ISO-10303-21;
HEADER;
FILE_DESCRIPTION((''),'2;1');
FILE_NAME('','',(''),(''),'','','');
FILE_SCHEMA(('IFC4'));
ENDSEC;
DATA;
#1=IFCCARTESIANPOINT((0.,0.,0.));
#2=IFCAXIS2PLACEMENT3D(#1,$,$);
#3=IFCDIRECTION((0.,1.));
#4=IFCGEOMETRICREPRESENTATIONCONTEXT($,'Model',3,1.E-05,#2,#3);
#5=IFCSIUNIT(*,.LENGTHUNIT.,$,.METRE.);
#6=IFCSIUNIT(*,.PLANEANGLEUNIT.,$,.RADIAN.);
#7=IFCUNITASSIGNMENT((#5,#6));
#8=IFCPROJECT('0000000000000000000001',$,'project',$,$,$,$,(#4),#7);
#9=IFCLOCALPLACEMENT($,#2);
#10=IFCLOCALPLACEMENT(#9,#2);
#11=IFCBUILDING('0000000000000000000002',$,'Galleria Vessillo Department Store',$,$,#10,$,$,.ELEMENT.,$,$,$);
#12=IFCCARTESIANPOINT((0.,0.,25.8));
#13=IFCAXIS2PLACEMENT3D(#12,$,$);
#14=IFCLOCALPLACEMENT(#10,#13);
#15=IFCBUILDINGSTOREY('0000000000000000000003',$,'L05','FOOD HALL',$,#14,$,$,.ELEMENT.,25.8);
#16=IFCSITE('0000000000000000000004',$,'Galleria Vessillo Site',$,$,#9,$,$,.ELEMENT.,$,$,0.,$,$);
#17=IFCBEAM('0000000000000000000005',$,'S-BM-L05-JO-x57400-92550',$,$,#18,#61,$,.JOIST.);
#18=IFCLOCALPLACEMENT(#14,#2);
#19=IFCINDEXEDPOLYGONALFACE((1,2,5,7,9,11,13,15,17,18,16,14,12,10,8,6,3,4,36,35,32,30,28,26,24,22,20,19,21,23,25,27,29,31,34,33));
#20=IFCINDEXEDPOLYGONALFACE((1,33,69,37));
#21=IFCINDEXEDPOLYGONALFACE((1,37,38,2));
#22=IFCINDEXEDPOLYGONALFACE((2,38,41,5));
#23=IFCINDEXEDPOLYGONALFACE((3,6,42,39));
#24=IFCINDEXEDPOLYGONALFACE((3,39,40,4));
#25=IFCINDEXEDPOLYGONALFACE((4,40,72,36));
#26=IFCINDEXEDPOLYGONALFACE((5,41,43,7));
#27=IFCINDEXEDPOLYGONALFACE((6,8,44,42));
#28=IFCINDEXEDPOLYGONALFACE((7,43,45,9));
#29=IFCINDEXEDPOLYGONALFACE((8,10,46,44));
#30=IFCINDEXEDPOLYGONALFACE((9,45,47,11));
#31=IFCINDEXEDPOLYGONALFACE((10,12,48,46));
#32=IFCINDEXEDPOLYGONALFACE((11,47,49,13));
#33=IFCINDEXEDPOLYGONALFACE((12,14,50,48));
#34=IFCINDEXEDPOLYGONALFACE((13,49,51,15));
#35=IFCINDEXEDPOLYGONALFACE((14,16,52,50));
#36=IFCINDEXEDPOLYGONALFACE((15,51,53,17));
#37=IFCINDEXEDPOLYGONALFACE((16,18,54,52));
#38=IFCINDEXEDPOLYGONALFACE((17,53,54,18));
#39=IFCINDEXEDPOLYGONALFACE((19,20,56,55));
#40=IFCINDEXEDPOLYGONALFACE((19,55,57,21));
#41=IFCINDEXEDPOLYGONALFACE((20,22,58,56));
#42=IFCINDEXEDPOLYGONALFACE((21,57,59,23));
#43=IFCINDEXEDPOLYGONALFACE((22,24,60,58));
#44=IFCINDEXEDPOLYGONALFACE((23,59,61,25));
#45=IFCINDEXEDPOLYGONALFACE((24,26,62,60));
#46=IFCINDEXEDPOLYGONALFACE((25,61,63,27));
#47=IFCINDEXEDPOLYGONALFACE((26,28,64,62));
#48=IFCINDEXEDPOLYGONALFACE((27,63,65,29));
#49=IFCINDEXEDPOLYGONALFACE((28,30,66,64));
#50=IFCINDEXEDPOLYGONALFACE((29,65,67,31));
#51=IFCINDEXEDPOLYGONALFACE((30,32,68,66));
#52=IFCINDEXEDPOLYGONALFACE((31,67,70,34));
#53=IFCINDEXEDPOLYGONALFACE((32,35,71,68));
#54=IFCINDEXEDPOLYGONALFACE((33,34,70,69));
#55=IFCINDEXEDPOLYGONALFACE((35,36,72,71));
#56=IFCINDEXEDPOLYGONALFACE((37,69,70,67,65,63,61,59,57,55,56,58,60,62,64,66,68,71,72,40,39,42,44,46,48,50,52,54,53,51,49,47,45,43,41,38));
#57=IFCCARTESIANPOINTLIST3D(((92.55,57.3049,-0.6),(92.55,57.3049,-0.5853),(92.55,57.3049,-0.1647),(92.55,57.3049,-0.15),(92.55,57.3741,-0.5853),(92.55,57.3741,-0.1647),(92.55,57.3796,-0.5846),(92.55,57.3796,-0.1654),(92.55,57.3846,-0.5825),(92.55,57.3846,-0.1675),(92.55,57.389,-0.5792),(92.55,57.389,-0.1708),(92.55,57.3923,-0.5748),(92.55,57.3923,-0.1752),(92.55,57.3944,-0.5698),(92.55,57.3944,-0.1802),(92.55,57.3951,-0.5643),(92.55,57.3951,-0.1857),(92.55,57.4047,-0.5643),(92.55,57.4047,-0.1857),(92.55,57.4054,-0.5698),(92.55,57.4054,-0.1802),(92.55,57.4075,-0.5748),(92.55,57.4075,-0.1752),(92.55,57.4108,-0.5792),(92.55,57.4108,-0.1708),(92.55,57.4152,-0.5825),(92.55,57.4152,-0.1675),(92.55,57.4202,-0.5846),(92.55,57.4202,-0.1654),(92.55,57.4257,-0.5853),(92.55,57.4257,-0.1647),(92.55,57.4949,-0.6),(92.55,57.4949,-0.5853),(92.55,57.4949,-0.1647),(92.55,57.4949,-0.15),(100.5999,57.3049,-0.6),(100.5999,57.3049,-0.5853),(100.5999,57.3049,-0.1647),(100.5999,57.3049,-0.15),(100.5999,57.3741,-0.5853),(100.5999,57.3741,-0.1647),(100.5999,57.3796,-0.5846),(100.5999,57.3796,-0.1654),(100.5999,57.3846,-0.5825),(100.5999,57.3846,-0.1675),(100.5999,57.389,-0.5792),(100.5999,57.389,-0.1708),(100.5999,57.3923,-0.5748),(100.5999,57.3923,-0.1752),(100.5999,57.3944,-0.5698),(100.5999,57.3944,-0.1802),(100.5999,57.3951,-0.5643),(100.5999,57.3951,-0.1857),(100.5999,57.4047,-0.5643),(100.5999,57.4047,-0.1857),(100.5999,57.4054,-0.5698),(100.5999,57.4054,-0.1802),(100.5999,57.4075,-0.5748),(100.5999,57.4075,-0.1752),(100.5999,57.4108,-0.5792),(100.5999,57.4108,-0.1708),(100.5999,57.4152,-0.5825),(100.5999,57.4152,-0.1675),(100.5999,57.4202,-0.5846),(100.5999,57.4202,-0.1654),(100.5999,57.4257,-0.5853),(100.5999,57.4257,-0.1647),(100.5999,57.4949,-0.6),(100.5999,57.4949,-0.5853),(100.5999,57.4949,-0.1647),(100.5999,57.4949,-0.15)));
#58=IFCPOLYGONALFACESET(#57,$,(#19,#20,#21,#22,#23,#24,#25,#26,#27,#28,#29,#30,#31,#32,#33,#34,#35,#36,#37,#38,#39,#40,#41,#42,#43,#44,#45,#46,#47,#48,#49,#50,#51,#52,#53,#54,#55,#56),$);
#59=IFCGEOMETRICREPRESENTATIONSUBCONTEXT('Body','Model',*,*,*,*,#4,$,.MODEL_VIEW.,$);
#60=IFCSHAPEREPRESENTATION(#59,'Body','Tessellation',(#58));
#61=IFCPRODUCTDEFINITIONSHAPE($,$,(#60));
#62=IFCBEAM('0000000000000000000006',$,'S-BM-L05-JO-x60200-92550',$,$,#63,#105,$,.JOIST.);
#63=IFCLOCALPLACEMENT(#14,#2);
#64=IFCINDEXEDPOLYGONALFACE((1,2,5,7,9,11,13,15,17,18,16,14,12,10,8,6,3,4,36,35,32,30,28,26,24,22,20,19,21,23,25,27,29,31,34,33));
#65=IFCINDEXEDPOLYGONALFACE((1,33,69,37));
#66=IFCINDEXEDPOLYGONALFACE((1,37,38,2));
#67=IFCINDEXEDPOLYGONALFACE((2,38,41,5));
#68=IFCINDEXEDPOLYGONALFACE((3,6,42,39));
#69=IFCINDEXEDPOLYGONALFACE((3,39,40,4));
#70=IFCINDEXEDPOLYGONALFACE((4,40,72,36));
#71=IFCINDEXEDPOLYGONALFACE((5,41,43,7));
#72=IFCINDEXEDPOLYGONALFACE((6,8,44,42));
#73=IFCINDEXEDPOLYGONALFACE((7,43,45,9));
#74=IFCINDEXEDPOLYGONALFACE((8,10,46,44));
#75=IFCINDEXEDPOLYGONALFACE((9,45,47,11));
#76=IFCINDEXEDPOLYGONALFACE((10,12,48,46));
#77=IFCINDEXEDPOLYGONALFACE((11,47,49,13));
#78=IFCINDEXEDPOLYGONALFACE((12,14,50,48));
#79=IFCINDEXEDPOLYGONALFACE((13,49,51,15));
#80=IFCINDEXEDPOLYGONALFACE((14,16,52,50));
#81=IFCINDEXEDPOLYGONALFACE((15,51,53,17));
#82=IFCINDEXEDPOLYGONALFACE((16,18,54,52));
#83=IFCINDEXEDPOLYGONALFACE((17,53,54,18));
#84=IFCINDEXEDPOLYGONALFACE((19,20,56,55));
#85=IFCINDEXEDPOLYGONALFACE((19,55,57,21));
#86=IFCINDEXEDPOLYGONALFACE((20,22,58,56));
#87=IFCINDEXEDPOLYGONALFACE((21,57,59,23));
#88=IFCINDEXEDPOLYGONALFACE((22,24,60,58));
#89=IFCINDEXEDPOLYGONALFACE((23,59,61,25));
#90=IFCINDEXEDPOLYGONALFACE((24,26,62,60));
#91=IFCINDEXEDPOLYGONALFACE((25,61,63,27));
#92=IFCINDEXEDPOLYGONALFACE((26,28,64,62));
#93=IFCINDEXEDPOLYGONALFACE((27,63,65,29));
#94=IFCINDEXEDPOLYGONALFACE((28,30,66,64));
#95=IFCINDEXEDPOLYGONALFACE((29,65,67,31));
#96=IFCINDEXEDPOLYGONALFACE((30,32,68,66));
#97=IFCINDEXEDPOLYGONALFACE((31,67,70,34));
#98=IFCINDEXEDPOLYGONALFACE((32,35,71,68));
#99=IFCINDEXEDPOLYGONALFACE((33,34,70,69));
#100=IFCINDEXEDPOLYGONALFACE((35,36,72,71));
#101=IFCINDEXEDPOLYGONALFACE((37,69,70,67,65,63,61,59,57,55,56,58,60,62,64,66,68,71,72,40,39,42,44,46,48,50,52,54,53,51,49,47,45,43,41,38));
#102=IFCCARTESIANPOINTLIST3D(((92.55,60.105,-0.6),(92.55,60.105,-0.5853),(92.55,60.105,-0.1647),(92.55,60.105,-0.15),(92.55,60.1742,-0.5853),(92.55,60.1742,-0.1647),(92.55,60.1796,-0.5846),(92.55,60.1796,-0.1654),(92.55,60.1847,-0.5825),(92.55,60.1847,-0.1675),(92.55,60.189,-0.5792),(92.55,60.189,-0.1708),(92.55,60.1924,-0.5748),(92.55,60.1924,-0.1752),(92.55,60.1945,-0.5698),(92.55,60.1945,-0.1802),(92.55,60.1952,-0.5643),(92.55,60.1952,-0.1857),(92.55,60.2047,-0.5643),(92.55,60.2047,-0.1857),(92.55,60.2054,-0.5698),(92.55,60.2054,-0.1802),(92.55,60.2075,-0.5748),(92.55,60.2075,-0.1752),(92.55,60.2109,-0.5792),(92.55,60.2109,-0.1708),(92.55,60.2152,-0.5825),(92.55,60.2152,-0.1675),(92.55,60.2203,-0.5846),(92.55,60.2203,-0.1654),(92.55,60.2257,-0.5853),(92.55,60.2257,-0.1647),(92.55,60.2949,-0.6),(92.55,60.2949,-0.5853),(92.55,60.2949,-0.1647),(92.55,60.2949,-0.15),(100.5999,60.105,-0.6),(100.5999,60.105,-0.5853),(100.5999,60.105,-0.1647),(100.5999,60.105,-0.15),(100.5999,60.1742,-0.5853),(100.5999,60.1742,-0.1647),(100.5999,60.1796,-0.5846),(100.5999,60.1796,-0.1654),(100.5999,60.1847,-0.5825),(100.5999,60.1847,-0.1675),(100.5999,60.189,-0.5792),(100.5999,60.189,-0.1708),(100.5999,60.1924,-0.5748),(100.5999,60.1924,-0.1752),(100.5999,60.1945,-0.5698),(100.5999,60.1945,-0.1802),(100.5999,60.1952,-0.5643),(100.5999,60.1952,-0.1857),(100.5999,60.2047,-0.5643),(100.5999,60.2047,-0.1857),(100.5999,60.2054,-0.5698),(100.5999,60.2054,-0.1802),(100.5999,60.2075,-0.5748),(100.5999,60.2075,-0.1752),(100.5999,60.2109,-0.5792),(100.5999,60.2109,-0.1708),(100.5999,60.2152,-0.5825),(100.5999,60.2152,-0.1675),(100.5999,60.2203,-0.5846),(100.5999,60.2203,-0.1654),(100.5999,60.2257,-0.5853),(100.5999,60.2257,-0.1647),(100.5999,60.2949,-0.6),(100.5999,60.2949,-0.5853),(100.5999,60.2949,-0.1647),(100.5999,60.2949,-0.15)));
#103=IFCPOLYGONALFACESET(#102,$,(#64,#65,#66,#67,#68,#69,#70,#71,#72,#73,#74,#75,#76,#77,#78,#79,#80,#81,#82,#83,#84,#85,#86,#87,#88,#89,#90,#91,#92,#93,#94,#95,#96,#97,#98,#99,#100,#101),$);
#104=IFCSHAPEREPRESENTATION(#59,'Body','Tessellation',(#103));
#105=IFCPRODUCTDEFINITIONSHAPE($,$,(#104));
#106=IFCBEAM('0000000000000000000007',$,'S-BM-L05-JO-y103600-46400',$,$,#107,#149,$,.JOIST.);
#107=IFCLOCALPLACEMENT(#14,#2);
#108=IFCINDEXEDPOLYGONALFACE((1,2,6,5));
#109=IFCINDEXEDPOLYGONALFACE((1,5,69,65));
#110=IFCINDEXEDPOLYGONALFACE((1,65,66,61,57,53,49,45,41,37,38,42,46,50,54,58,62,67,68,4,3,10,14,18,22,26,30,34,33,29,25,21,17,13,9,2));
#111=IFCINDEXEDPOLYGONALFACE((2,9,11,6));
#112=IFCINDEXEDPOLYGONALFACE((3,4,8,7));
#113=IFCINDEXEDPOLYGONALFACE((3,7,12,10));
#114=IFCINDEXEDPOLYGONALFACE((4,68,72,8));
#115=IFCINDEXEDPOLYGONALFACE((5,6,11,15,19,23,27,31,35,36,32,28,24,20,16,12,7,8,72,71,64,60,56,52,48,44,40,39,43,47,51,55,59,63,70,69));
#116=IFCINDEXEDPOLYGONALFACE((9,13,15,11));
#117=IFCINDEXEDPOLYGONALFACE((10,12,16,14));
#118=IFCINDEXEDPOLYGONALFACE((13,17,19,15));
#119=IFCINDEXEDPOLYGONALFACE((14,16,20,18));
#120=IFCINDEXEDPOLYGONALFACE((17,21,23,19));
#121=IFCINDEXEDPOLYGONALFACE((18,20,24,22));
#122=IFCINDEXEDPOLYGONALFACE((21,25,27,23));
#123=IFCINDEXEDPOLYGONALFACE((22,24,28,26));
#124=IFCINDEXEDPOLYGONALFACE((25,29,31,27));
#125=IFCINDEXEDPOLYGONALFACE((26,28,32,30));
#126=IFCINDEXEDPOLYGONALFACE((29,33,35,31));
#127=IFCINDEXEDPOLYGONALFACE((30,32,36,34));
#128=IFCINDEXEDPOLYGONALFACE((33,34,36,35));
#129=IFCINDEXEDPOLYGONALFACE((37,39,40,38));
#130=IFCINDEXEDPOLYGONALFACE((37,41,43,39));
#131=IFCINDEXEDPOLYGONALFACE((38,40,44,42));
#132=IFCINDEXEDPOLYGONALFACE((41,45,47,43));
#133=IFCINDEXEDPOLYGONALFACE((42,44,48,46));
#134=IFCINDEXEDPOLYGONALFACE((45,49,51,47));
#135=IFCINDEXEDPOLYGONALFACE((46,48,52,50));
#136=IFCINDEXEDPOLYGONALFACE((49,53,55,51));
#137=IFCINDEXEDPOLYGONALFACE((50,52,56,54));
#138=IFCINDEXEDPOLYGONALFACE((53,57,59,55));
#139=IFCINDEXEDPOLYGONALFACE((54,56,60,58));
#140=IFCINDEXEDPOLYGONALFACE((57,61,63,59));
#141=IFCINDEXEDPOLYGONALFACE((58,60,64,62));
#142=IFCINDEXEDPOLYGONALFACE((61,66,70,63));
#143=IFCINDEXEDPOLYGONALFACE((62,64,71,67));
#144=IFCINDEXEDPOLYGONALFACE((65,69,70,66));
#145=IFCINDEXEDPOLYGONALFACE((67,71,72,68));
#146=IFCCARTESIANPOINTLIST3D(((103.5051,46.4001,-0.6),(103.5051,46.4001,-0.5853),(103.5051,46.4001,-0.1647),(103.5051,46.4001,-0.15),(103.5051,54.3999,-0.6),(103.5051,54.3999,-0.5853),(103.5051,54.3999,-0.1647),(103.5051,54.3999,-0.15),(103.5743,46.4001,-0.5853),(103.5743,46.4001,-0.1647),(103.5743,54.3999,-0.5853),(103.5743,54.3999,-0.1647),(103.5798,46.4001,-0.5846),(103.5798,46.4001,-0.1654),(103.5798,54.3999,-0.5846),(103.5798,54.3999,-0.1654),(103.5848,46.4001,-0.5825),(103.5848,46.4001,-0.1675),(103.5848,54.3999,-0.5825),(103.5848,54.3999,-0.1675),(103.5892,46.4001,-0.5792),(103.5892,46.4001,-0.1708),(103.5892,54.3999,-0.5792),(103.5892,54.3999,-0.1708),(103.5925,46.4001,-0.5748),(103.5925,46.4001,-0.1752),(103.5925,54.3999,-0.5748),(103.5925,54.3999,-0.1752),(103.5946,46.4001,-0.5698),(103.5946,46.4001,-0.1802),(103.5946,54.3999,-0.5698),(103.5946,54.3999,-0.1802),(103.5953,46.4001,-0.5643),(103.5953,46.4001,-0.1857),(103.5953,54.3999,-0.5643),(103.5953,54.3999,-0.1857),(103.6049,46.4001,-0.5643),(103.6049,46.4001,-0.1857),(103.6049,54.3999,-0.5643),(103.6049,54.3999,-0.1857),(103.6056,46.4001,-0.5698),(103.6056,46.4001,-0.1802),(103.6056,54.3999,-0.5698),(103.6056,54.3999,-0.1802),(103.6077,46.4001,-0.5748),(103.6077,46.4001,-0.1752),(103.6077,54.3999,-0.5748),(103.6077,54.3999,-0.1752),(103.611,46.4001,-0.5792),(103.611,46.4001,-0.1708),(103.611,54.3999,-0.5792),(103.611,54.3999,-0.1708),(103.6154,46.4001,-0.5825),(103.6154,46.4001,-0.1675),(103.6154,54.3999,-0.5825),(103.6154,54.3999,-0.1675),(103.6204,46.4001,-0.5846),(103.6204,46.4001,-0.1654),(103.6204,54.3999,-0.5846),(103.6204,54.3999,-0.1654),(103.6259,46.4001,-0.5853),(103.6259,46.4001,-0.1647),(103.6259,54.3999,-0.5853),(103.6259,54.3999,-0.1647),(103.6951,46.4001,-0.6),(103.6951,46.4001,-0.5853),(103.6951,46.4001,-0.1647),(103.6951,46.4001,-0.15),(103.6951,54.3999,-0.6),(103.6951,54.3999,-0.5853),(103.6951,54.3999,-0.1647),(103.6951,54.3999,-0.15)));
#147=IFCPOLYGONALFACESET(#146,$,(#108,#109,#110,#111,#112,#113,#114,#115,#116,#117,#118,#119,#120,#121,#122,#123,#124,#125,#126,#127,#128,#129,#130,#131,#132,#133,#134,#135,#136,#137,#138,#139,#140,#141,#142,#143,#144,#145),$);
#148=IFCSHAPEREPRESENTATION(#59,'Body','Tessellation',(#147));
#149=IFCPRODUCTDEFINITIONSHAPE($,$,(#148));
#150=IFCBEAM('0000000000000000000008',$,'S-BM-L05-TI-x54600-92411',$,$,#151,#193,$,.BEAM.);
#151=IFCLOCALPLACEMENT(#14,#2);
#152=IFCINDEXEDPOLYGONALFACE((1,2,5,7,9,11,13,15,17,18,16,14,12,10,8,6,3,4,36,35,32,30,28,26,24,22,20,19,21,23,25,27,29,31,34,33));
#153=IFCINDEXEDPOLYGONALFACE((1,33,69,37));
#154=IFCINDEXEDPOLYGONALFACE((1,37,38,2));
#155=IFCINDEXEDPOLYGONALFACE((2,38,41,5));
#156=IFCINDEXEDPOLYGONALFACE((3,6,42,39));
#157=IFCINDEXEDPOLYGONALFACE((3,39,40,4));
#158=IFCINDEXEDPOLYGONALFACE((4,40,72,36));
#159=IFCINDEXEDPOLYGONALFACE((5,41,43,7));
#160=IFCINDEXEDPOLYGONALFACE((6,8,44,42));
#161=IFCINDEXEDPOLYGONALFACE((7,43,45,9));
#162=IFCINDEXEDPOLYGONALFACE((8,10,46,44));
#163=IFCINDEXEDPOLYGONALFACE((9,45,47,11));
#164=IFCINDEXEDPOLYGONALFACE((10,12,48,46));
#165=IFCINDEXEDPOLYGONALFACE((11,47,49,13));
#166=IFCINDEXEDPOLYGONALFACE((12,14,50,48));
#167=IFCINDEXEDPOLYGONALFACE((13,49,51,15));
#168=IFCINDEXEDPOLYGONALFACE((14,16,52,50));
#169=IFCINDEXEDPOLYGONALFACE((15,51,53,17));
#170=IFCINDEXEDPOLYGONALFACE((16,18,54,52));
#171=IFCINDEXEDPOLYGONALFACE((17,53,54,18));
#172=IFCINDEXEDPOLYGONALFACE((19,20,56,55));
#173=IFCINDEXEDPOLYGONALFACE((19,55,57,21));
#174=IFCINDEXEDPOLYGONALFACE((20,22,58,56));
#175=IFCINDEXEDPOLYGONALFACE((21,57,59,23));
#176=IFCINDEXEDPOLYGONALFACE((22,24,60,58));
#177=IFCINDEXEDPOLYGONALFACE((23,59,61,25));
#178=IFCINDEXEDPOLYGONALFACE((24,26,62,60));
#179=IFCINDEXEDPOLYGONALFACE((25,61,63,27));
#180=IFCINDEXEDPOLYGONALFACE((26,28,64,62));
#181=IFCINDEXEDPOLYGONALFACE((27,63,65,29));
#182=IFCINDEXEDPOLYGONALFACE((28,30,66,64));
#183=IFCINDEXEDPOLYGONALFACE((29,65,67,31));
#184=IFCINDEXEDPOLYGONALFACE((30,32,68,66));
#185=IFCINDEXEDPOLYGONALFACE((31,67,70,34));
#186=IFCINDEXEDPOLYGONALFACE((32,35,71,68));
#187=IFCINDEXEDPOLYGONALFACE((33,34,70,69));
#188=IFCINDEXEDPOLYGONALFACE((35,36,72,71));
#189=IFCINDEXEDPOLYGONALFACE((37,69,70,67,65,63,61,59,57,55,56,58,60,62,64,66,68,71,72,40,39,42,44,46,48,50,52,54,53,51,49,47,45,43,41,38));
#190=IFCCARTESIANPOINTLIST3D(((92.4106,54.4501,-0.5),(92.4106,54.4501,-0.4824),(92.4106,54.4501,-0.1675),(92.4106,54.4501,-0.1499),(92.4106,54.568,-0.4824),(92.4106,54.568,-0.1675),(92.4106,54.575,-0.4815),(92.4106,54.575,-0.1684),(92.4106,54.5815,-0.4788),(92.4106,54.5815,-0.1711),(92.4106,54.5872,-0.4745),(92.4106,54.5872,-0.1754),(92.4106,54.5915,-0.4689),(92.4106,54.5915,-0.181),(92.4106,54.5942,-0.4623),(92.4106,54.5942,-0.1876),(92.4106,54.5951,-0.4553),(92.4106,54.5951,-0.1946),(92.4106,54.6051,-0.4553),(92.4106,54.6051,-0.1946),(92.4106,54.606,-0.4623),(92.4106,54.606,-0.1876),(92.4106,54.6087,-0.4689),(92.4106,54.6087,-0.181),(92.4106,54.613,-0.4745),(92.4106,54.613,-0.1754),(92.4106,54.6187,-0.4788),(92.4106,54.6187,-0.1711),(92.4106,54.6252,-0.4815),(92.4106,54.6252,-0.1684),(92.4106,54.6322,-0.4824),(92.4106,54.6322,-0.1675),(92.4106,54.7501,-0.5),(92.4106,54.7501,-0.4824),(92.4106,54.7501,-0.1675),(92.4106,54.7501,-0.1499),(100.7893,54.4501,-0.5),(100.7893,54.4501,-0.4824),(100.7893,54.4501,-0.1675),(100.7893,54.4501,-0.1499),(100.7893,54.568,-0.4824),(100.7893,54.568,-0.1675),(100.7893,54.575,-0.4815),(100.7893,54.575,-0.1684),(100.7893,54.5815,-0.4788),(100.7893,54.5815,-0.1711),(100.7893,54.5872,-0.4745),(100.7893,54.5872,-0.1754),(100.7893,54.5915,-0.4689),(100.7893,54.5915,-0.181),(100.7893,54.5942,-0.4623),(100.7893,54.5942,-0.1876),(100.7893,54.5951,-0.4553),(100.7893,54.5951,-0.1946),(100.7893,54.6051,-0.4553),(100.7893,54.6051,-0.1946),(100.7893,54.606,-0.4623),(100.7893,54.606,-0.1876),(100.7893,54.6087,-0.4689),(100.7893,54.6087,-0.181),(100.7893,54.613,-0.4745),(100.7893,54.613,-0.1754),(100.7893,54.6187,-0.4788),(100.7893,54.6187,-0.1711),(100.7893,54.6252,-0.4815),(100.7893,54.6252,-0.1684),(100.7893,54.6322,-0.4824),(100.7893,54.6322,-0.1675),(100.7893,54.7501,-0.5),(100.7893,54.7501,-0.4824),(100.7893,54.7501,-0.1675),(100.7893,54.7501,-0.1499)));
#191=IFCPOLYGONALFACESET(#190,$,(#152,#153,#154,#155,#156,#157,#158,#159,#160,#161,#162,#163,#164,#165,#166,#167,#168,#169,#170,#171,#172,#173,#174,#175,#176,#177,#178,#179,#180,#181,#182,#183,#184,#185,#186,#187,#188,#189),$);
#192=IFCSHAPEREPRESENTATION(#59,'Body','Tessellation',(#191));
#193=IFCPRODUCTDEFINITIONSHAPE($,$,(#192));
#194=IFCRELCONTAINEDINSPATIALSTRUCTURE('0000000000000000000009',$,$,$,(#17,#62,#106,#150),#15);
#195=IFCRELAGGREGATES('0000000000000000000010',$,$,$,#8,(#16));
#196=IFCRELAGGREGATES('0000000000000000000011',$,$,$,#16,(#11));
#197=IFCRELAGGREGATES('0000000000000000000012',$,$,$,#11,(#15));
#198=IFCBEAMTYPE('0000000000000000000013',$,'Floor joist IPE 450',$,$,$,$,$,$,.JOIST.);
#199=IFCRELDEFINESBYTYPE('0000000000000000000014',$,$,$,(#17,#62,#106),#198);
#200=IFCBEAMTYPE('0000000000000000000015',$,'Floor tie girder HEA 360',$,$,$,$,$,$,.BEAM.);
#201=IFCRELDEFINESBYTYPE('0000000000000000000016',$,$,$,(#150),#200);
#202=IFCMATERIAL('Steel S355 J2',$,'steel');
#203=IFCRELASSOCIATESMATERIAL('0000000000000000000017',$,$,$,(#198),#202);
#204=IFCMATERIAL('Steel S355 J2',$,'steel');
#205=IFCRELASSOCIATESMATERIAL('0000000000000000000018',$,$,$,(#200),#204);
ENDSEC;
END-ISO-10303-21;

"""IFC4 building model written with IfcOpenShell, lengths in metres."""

from ifc_helpers import new_model, si_unit, direction, frame, origin, origin_2d, place, context, subcontext, project, spatial, i_section, extrude, material, material_profile, profile_set, type_object, element, save


model = new_model("IFC4")

# Units and contexts
model_context = context("Model", 3, precision=1e-05, world=origin(), true_north=direction((0.0, 1.0)))
body_context = subcontext(model_context, "Body", "Model", "MODEL_VIEW")
ifc_project = project(units=[si_unit("LENGTHUNIT", "METRE"), si_unit("PLANEANGLEUNIT", "RADIAN")], contexts=[model_context])

# Site, building, storey
site_placement = place(None, origin())
site = spatial("IfcSite", under=ifc_project, at=site_placement, Name="Galleria Vessillo Site", CompositionType="ELEMENT", RefElevation=0.0)
building_placement = place(site_placement, origin())
building = spatial("IfcBuilding", under=site, at=building_placement, Name="Galleria Vessillo Department Store", CompositionType="ELEMENT")
storey_placement = place(building_placement, frame((0.0, 0.0, 25.8)))
storey = spatial("IfcBuildingStorey", under=building, at=storey_placement, Name="L05", Description="FOOD HALL", CompositionType="ELEMENT", Elevation=25.8)

# Beams
ifc_material_1 = material(Name="Steel S355 J2", Category="steel")
ifc_material_profile_1 = material_profile(ifc_material_1, i_section(OverallWidth=0.1899, OverallDepth=0.45, WebThickness=0.0095, FlangeThickness=0.0146, FilletRadius=0.021, at=origin_2d()), Name="IPE 450")
ifc_profile_set_1 = profile_set([ifc_material_profile_1], Name="Steel S355 J2")
beam_type_1 = type_object("IfcBeamType", Name="Floor joist IPE 450", PredefinedType="JOIST", material=ifc_profile_set_1)
for number, where, z_axis, x_axis, name in (
    (1, (92.55, 57.3999, -0.375), (1.0, 0.0, 0.0), (0.0, 1.0, 0.0), "S-BM-L05-JO-x57400-92550"),
    (2, (92.55, 60.2, -0.375), (1.0, 0.0, 0.0), (0.0, 1.0, 0.0), "S-BM-L05-JO-x60200-92550"),
):
    element("IfcBeam", number, at=place(storey_placement, frame(where, z_axis=z_axis, x_axis=x_axis)), inside=storey, type_object=beam_type_1, Name=name, PredefinedType="JOIST", context=body_context, shape_type="SweptSolid", body=[
        extrude(i_section(OverallWidth=0.1899, OverallDepth=0.45, WebThickness=0.0095, FlangeThickness=0.0146, FilletRadius=0.021, at=origin_2d()), origin(), (0.0, 0.0, 1.0), 8.0498),
    ])
beam_1_placement = place(storey_placement, frame((103.6001, 46.4001, -0.375), z_axis=(0.0, 1.0, 0.0), x_axis=(-1.0, 0.0, 0.0)))
element("IfcBeam", 3, at=beam_1_placement, inside=storey, type_object=beam_type_1, Name="S-BM-L05-JO-y103600-46400", PredefinedType="JOIST", context=body_context, shape_type="SweptSolid", body=[
    extrude(i_section(OverallWidth=0.1899, OverallDepth=0.45, WebThickness=0.0095, FlangeThickness=0.0146, FilletRadius=0.021, at=origin_2d()), origin(), (0.0, 0.0, 1.0), 7.9998),
])
ifc_material_2 = material(Name="Steel S355 J2", Category="steel")
ifc_material_profile_2 = material_profile(ifc_material_2, i_section(OverallWidth=0.3, OverallDepth=0.3501, WebThickness=0.01, FlangeThickness=0.0176, FilletRadius=0.0271, at=origin_2d()), Name="HEA 360")
ifc_profile_set_2 = profile_set([ifc_material_profile_2], Name="Steel S355 J2")
beam_type_2 = type_object("IfcBeamType", Name="Floor tie girder HEA 360", PredefinedType="BEAM", material=ifc_profile_set_2)
beam_2_placement = place(storey_placement, frame((92.4106, 54.6001, -0.325), z_axis=(1.0, 0.0, 0.0), x_axis=(0.0, 1.0, 0.0)))
element("IfcBeam", 4, at=beam_2_placement, inside=storey, type_object=beam_type_2, Name="S-BM-L05-TI-x54600-92411", PredefinedType="BEAM", context=body_context, shape_type="SweptSolid", body=[
    extrude(i_section(OverallWidth=0.3, OverallDepth=0.3501, WebThickness=0.01, FlangeThickness=0.0176, FilletRadius=0.0271, at=origin_2d()), origin(), (0.0, 0.0, 1.0), 8.3787),
])

save(model, "model.ifc")
